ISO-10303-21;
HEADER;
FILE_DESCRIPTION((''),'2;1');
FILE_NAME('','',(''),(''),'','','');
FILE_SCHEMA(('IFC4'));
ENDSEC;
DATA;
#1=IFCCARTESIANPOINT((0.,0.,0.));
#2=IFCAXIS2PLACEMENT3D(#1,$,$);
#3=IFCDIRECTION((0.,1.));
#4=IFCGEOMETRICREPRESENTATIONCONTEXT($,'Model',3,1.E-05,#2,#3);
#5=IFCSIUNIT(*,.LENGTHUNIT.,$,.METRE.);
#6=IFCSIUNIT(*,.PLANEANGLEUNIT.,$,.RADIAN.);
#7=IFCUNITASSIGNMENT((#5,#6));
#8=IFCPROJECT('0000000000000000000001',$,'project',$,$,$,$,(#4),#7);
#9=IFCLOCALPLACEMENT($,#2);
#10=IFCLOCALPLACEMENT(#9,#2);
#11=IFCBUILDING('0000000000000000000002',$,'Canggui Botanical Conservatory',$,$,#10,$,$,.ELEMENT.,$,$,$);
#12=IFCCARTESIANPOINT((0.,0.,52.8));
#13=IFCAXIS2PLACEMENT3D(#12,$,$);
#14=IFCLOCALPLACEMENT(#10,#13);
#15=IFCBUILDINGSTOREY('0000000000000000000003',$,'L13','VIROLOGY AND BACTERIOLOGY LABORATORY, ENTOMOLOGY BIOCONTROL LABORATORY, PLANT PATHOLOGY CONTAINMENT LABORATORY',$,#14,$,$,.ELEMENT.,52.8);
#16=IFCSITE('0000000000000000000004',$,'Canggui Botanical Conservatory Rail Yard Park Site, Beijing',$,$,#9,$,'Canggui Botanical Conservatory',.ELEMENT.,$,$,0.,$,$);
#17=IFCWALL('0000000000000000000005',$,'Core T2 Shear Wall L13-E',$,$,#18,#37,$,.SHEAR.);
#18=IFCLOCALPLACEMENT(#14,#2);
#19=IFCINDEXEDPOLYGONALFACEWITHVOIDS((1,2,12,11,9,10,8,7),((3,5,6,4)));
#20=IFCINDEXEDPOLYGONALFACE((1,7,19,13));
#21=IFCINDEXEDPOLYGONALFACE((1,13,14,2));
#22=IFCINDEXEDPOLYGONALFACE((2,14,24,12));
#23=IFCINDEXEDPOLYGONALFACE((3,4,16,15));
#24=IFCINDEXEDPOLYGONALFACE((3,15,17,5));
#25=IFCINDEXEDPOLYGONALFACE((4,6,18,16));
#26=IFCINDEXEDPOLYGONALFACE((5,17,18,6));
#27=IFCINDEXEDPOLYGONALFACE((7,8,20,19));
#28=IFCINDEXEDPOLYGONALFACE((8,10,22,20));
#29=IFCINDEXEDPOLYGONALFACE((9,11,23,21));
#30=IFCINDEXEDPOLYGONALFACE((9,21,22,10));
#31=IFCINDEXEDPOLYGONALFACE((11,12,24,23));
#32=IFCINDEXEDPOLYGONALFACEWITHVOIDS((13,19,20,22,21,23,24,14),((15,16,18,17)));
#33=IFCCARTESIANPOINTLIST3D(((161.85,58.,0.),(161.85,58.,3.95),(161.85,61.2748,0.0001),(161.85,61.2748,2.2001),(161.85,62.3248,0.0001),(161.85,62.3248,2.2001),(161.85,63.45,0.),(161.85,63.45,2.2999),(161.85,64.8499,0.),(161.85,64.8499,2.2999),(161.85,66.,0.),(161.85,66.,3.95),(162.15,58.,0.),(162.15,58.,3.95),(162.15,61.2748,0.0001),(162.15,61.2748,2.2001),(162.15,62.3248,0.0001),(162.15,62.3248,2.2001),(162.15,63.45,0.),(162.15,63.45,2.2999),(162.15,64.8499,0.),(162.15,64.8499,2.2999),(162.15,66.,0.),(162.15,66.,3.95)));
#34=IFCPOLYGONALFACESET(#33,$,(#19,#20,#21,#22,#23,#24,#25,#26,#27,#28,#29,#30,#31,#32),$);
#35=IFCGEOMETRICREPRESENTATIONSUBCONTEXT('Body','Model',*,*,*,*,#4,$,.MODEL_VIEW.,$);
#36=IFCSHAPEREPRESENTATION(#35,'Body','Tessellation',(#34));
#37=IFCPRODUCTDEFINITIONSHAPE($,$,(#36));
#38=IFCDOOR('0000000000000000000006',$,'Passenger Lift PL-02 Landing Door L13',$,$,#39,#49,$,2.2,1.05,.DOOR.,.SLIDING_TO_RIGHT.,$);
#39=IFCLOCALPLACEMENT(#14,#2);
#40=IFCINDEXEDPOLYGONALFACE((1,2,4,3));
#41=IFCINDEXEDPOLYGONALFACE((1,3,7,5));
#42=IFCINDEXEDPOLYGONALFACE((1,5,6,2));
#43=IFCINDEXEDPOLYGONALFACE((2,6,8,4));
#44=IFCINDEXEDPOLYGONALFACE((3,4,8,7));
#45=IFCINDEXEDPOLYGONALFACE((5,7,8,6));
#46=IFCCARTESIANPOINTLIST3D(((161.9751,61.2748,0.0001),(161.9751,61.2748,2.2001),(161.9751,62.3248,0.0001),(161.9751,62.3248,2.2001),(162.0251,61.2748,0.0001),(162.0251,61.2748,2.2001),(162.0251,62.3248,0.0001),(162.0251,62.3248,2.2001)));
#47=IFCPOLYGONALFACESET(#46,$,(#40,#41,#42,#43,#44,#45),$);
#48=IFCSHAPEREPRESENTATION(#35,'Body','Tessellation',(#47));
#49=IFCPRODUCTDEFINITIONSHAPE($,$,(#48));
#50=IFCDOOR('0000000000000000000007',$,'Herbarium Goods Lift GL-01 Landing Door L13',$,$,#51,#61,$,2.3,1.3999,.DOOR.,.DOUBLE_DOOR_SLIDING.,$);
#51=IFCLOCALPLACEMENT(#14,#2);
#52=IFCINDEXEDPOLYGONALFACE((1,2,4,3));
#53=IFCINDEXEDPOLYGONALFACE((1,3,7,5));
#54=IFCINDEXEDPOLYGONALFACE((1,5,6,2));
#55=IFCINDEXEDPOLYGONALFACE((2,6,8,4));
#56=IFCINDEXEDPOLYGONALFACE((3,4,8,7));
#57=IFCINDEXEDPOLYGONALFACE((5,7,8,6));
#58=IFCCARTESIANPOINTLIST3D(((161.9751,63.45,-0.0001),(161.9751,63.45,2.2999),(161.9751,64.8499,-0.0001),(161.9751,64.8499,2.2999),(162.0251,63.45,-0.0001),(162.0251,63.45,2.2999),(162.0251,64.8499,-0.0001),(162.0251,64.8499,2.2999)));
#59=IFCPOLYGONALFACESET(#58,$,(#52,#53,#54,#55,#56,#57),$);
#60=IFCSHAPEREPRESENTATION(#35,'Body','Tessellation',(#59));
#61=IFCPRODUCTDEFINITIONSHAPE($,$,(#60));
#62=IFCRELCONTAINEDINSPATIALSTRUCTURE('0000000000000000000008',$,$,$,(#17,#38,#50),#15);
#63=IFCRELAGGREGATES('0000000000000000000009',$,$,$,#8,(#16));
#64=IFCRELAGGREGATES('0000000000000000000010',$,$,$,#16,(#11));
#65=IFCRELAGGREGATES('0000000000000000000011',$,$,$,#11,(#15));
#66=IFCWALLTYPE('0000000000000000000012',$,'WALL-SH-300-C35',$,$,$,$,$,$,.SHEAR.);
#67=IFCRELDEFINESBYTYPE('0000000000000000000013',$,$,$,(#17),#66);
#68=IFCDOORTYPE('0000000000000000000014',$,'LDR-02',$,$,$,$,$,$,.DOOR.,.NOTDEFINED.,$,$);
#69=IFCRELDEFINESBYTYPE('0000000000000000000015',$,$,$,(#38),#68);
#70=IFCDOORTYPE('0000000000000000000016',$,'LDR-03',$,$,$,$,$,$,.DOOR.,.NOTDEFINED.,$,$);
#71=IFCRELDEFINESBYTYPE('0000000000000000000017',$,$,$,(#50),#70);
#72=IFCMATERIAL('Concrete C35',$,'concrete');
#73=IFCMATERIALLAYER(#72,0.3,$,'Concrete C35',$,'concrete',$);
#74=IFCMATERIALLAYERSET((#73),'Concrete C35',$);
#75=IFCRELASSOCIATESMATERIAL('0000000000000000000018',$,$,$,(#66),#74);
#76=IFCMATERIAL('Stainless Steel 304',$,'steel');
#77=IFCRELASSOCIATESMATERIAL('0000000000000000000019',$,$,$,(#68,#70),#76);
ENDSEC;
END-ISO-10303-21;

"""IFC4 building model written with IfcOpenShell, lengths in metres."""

from ifc_helpers import new_model, si_unit, direction, frame, frame_2d, origin, place, context, subcontext, project, spatial, rectangle, extrude, material, layer, layer_set, type_object, element, fill, save


model = new_model("IFC4")

# Units and contexts
model_context = context("Model", 3, precision=1e-05, world=origin(), true_north=direction((0.0, 1.0)))
body_context = subcontext(model_context, "Body", "Model", "MODEL_VIEW")
ifc_project = project(units=[si_unit("LENGTHUNIT", "METRE"), si_unit("PLANEANGLEUNIT", "RADIAN")], contexts=[model_context])

# Site, building, storey
site_placement = place(None, origin())
site = spatial("IfcSite", under=ifc_project, at=site_placement, Name="Canggui Botanical Conservatory Rail Yard Park Site, Beijing", LongName="Canggui Botanical Conservatory", CompositionType="ELEMENT", RefElevation=0.0)
building_placement = place(site_placement, origin())
building = spatial("IfcBuilding", under=site, at=building_placement, Name="Canggui Botanical Conservatory", CompositionType="ELEMENT")
storey_placement = place(building_placement, frame((0.0, 0.0, 52.8)))
storey = spatial("IfcBuildingStorey", under=building, at=storey_placement, Name="L13", Description="VIROLOGY AND BACTERIOLOGY LABORATORY, ENTOMOLOGY BIOCONTROL LABORATORY, PLANT PATHOLOGY CONTAINMENT LABORATORY", CompositionType="ELEMENT", Elevation=52.8)

# Shared definitions
ifc_material_1 = material(Name="Concrete C35", Category="concrete")

# Wall, openings, doors
ifc_layer_1 = layer(ifc_material_1, 0.3, Name="Concrete C35", Category="concrete")
ifc_layer_set_1 = layer_set([ifc_layer_1], Name="Concrete C35")
wall_type_1 = type_object("IfcWallType", Name="WALL-SH-300-C35", PredefinedType="SHEAR", material=ifc_layer_set_1)
wall_1_placement = place(storey_placement, frame((162.0, 58.0, 0.0), z_axis=(0.0, 0.0, 1.0), x_axis=(0.0, 1.0, 0.0)))
wall_1 = element("IfcWall", 1, at=wall_1_placement, inside=storey, type_object=wall_type_1, Name="Core T2 Shear Wall L13-E", PredefinedType="SHEAR", context=body_context, shape_type="SweptSolid", body=[
    extrude(rectangle(XDim=8.0, YDim=0.3, at=frame_2d((4.0, 0.0))), origin(), (0.0, 0.0, 1.0), 3.95),
])
opening_1_placement = place(wall_1_placement, frame((3.2749, 0.0, 0.0)))
opening_1 = element("IfcOpeningElement", 2, at=opening_1_placement, cuts=wall_1, PredefinedType="OPENING", context=body_context, shape_type="SweptSolid", body=[
    extrude(rectangle(XDim=1.05, YDim=2.2, at=frame_2d((0.5249, 1.1001))), frame((0.0, 0.1602, 0.0), z_axis=(0.0, -1.0, 0.0), x_axis=(1.0, 0.0, 0.0)), (0.0, 0.0, 1.0), 0.3201),
])
opening_2_placement = place(wall_1_placement, frame((5.45, 0.0, 0.0)))
opening_2 = element("IfcOpeningElement", 3, at=opening_2_placement, cuts=wall_1, PredefinedType="OPENING", context=body_context, shape_type="SweptSolid", body=[
    extrude(rectangle(XDim=1.3999, YDim=2.3, at=frame_2d((0.7, 1.1499))), frame((0.0, 0.1602, 0.0), z_axis=(0.0, -1.0, 0.0), x_axis=(1.0, 0.0, 0.0)), (0.0, 0.0, 1.0), 0.3201),
])
ifc_material_2 = material(Name="Stainless Steel 304", Category="steel")
door_type_1 = type_object("IfcDoorType", Name="LDR-02", OperationType="NOTDEFINED", PredefinedType="DOOR", material=ifc_material_2)
door_1_placement = place(opening_1_placement, origin())
door_1 = element("IfcDoor", 4, at=door_1_placement, inside=storey, type_object=door_type_1, Name="Passenger Lift PL-02 Landing Door L13", OperationType="SLIDING_TO_RIGHT", OverallHeight=2.2, OverallWidth=1.05, PredefinedType="DOOR", context=body_context, shape_type="SweptSolid", body=[
    extrude(rectangle(XDim=1.05, YDim=2.2, at=frame_2d((0.5249, 1.1001))), frame((0.0, 0.0249, 0.0), z_axis=(0.0, -1.0, 0.0), x_axis=(1.0, 0.0, 0.0)), (0.0, 0.0, 1.0), 0.05),
])
fill(opening_1, door_1)
door_type_2 = type_object("IfcDoorType", Name="LDR-03", OperationType="NOTDEFINED", PredefinedType="DOOR", material=ifc_material_2)
door_2_placement = place(opening_2_placement, origin())
door_2 = element("IfcDoor", 5, at=door_2_placement, inside=storey, type_object=door_type_2, Name="Herbarium Goods Lift GL-01 Landing Door L13", OperationType="DOUBLE_DOOR_SLIDING", OverallHeight=2.3, OverallWidth=1.3999, PredefinedType="DOOR", context=body_context, shape_type="SweptSolid", body=[
    extrude(rectangle(XDim=1.3999, YDim=2.3, at=frame_2d((0.7, 1.1499))), frame((0.0, 0.0249, 0.0), z_axis=(0.0, -1.0, 0.0), x_axis=(1.0, 0.0, 0.0)), (0.0, 0.0, 1.0), 0.05),
])
fill(opening_2, door_2)

save(model, "model.ifc")
